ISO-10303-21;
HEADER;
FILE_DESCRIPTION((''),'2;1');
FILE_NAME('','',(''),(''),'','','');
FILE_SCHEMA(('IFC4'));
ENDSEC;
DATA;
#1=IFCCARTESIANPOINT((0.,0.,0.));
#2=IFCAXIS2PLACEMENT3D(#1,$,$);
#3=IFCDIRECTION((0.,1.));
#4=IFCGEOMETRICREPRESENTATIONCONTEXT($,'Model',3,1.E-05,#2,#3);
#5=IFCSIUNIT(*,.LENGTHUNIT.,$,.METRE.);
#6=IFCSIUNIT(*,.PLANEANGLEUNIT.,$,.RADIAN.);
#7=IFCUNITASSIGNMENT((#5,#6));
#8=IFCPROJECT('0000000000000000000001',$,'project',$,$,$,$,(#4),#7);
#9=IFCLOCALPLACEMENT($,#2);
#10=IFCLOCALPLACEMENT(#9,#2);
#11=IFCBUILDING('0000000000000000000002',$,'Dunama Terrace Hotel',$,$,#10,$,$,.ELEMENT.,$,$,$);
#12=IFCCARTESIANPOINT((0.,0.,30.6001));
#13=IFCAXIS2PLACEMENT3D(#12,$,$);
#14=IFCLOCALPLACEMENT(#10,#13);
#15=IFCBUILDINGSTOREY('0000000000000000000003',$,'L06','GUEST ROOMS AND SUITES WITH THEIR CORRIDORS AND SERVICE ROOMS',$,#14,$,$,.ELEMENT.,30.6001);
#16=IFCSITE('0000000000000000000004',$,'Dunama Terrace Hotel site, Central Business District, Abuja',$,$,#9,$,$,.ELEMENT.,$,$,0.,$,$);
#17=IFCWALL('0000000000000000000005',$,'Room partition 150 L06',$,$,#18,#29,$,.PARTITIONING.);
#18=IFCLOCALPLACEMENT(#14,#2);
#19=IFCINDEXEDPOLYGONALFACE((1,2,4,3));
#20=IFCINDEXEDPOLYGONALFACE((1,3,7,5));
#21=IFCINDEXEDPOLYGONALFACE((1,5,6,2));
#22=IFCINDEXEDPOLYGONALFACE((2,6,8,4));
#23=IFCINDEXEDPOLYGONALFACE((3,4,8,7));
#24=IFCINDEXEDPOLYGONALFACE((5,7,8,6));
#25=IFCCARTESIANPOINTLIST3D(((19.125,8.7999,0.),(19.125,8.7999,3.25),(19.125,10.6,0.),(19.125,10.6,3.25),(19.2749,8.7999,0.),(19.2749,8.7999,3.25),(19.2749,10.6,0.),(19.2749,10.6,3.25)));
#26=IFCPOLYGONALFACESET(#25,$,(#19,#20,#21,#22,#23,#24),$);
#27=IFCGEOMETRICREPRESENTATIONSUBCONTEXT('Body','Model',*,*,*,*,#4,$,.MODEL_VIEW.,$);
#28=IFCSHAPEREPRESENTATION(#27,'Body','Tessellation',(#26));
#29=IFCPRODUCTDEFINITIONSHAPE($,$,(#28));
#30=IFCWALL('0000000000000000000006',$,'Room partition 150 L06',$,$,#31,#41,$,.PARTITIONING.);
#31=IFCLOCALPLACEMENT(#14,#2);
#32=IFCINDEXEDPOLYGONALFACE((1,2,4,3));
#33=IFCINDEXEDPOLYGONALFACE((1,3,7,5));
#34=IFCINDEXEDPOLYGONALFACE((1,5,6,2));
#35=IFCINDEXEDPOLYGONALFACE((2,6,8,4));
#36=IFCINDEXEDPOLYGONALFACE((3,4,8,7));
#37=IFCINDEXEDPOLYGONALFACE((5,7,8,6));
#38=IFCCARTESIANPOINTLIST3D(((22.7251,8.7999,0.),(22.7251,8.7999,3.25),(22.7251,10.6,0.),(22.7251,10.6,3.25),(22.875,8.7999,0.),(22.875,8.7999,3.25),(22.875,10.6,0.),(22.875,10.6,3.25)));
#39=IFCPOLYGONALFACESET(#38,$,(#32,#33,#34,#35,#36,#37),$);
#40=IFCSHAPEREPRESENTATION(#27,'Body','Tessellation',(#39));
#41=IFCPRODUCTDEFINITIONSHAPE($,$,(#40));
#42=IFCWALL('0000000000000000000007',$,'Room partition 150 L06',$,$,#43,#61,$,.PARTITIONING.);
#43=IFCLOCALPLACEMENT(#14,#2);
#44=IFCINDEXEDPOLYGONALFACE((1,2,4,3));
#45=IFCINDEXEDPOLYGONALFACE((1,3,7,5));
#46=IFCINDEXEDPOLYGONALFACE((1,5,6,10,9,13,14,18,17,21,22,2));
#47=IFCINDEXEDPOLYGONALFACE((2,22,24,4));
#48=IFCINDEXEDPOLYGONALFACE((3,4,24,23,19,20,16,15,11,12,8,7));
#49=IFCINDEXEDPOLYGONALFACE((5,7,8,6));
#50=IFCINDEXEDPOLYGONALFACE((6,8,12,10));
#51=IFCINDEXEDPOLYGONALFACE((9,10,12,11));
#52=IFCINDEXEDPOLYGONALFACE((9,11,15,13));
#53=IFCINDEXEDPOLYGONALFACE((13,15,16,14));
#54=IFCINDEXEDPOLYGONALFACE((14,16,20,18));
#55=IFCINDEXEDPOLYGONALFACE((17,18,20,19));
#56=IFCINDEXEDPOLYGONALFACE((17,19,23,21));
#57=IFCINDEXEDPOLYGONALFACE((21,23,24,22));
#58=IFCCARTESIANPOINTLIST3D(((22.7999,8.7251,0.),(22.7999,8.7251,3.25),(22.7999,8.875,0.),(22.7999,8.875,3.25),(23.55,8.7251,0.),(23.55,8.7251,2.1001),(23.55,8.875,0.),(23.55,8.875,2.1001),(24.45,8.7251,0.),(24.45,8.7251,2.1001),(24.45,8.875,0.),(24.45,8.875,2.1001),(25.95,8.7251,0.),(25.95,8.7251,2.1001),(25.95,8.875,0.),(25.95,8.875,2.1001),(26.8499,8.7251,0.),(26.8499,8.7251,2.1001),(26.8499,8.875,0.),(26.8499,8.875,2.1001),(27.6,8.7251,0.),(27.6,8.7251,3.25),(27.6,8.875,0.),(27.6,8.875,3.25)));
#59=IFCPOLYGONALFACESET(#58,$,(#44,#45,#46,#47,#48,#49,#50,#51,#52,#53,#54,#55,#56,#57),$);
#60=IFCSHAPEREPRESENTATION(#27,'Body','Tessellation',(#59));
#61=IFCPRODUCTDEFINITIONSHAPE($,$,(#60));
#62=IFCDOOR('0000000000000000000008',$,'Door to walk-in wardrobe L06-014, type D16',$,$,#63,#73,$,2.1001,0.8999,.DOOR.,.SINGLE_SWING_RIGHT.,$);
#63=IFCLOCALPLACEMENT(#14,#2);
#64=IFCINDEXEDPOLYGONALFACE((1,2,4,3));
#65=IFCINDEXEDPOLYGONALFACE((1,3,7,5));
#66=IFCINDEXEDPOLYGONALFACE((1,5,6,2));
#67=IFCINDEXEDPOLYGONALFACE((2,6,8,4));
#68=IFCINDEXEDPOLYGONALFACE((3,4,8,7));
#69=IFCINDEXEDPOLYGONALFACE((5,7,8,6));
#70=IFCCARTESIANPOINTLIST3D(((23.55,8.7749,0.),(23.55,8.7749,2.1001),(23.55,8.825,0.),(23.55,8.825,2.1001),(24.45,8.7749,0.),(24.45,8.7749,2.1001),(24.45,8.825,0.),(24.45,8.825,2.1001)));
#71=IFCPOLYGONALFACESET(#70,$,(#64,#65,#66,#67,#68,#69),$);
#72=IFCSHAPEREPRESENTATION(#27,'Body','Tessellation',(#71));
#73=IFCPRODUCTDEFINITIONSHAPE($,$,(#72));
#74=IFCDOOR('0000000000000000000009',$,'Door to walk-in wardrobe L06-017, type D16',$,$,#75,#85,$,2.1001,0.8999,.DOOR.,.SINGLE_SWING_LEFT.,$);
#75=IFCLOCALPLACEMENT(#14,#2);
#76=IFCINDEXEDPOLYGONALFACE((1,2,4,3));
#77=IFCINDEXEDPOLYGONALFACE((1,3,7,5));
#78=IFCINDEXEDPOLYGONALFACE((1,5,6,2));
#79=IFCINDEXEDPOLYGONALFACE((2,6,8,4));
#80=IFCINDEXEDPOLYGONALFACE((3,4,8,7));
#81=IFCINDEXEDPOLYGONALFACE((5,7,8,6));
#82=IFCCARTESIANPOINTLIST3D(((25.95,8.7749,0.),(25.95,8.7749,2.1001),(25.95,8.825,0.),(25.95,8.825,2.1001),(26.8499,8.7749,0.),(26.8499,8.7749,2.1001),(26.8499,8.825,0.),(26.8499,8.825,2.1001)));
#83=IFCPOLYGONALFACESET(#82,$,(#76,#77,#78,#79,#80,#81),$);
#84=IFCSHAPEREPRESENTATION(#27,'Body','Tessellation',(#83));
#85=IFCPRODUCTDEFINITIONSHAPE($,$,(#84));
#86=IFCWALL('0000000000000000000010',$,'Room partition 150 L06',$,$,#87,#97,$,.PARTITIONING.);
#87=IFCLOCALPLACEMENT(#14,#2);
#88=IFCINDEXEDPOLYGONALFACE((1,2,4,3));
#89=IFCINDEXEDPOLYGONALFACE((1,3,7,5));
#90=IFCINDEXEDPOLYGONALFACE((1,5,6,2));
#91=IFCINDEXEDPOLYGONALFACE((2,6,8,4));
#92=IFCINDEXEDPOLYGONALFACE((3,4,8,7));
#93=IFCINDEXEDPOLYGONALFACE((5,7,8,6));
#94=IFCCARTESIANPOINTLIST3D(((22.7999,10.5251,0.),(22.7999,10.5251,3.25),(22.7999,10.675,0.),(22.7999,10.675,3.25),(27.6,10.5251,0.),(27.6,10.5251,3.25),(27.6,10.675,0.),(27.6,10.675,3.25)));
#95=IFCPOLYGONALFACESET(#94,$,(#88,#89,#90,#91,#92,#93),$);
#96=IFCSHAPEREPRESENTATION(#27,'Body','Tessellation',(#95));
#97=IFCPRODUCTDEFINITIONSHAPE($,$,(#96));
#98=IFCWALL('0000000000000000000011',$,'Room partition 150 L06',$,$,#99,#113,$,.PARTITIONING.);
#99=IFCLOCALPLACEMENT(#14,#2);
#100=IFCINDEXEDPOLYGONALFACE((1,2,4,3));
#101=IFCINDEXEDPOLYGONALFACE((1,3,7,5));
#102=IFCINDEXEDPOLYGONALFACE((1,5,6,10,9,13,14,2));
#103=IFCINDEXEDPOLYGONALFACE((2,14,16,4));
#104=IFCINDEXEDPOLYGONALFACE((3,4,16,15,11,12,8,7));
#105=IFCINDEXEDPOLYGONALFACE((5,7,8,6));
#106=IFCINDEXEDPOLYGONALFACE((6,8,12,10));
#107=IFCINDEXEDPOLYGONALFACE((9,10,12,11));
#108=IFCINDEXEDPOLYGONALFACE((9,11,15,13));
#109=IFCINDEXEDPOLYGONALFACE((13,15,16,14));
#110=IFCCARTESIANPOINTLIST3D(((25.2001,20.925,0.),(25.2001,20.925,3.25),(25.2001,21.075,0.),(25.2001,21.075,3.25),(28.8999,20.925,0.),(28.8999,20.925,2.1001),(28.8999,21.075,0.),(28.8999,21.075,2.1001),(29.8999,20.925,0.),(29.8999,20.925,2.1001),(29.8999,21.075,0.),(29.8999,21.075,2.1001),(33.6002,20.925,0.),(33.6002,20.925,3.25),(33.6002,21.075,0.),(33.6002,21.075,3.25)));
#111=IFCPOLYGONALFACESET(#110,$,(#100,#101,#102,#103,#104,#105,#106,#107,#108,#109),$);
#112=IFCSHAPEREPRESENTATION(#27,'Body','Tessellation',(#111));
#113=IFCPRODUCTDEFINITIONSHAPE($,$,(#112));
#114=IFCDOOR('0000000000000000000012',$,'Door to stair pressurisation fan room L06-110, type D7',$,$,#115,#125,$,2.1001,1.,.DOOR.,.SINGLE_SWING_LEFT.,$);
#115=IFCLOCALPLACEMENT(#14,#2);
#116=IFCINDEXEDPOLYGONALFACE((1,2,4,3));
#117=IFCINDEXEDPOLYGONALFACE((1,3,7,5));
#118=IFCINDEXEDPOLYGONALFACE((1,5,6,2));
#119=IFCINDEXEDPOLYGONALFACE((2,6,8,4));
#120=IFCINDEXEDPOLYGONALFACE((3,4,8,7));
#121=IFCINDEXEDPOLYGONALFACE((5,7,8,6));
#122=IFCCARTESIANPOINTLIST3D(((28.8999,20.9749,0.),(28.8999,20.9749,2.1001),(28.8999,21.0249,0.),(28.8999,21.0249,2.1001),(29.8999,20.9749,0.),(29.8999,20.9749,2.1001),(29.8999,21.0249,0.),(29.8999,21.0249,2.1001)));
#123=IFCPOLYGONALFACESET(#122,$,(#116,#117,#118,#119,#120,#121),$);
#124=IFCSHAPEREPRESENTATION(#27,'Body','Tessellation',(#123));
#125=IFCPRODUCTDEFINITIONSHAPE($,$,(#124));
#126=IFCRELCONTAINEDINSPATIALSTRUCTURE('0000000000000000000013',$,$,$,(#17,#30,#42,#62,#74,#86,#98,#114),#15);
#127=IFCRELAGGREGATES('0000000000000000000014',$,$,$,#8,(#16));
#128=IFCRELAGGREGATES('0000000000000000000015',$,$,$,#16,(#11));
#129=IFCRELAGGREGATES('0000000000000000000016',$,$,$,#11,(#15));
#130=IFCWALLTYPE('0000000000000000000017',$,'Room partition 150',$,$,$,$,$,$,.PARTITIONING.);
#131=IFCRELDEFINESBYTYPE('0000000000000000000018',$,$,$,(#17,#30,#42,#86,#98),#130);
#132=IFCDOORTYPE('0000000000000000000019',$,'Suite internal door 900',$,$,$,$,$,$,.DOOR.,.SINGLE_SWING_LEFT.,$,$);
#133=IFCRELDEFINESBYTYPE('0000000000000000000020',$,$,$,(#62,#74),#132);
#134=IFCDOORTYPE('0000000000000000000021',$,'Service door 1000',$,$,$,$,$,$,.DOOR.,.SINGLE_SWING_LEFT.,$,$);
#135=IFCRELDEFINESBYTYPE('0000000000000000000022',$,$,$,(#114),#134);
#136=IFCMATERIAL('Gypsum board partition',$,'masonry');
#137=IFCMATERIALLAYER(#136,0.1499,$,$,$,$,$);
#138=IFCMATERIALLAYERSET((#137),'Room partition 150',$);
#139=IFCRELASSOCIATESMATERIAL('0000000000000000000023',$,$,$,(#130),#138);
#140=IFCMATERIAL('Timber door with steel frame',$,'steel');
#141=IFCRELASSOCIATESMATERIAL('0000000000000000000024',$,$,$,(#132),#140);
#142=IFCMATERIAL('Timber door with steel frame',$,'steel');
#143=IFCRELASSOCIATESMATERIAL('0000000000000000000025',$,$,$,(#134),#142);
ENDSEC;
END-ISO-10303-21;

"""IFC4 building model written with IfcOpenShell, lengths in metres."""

from ifc_helpers import new_model, si_unit, direction, frame, frame_2d, origin, place, context, subcontext, project, spatial, rectangle, extrude, material, layer, layer_set, type_object, element, fill, save


model = new_model("IFC4")

# Units and contexts
model_context = context("Model", 3, precision=1e-05, world=origin(), true_north=direction((0.0, 1.0)))
body_context = subcontext(model_context, "Body", "Model", "MODEL_VIEW")
ifc_project = project(units=[si_unit("LENGTHUNIT", "METRE"), si_unit("PLANEANGLEUNIT", "RADIAN")], contexts=[model_context])

# Site, building, storey
site_placement = place(None, origin())
site = spatial("IfcSite", under=ifc_project, at=site_placement, Name="Dunama Terrace Hotel site, Central Business District, Abuja", CompositionType="ELEMENT", RefElevation=0.0)
building_placement = place(site_placement, origin())
building = spatial("IfcBuilding", under=site, at=building_placement, Name="Dunama Terrace Hotel", CompositionType="ELEMENT")
storey_placement = place(building_placement, frame((0.0, 0.0, 30.6001)))
storey = spatial("IfcBuildingStorey", under=building, at=storey_placement, Name="L06", Description="GUEST ROOMS AND SUITES WITH THEIR CORRIDORS AND SERVICE ROOMS", CompositionType="ELEMENT", Elevation=30.6001)

# Walls
ifc_material_1 = material(Name="Gypsum board partition", Category="masonry")
ifc_layer_1 = layer(ifc_material_1, 0.1499)
ifc_layer_set_1 = layer_set([ifc_layer_1], Name="Room partition 150")
wall_type_1 = type_object("IfcWallType", Name="Room partition 150", PredefinedType="PARTITIONING", material=ifc_layer_set_1)
for number, where, z_axis, x_axis, name in (
    (1, (19.2, 8.8, 0.0), (0.0, 0.0, 1.0), (0.0, 1.0, 0.0), "Room partition 150 L06"),
    (2, (22.8, 8.8, 0.0), (0.0, 0.0, 1.0), (0.0, 1.0, 0.0), "Room partition 150 L06"),
):
    element("IfcWall", number, at=place(storey_placement, frame(where, z_axis=z_axis, x_axis=x_axis)), inside=storey, type_object=wall_type_1, Name=name, PredefinedType="PARTITIONING", context=body_context, shape_type="SweptSolid", body=[
        extrude(rectangle(XDim=1.8, YDim=0.1499, at=frame_2d((0.8999, 0.0))), origin(), (0.0, 0.0, 1.0), 3.25),
    ])

# Wall, openings, doors
wall_1_placement = place(storey_placement, frame((22.8, 8.8, 0.0), z_axis=(0.0, 0.0, 1.0), x_axis=(1.0, 0.0, 0.0)))
wall_1 = element("IfcWall", 3, at=wall_1_placement, inside=storey, type_object=wall_type_1, Name="Room partition 150 L06", PredefinedType="PARTITIONING", context=body_context, shape_type="SweptSolid", body=[
    extrude(rectangle(XDim=4.8, YDim=0.1499, at=frame_2d((2.3999, 0.0))), origin(), (0.0, 0.0, 1.0), 3.25),
])
opening_1_placement = place(wall_1_placement, frame((0.75, 0.0, 0.0)))
opening_1 = element("IfcOpeningElement", 4, at=opening_1_placement, cuts=wall_1, PredefinedType="OPENING", context=body_context, shape_type="SweptSolid", body=[
    extrude(rectangle(XDim=0.8999, YDim=2.1001, at=frame_2d((0.45, 1.05))), frame((0.0, 0.085, 0.0), z_axis=(0.0, -1.0, 0.0), x_axis=(1.0, 0.0, 0.0)), (0.0, 0.0, 1.0), 0.1699),
])
opening_2_placement = place(wall_1_placement, frame((3.1499, 0.0, 0.0)))
opening_2 = element("IfcOpeningElement", 5, at=opening_2_placement, cuts=wall_1, PredefinedType="OPENING", context=body_context, shape_type="SweptSolid", body=[
    extrude(rectangle(XDim=0.8999, YDim=2.1001, at=frame_2d((0.45, 1.05))), frame((0.0, 0.085, 0.0), z_axis=(0.0, -1.0, 0.0), x_axis=(1.0, 0.0, 0.0)), (0.0, 0.0, 1.0), 0.1699),
])
ifc_material_2 = material(Name="Timber door with steel frame", Category="steel")
door_type_1 = type_object("IfcDoorType", Name="Suite internal door 900", OperationType="SINGLE_SWING_LEFT", PredefinedType="DOOR", material=ifc_material_2)
door_1_placement = place(opening_1_placement, origin())
door_1 = element("IfcDoor", 6, at=door_1_placement, inside=storey, type_object=door_type_1, Name="Door to walk-in wardrobe L06-014, type D16", OperationType="SINGLE_SWING_RIGHT", OverallHeight=2.1001, OverallWidth=0.8999, PredefinedType="DOOR", context=body_context, shape_type="SweptSolid", body=[
    extrude(rectangle(XDim=0.8999, YDim=2.1001, at=frame_2d((0.45, 1.05))), frame((0.0, 0.0249, 0.0), z_axis=(0.0, -1.0, 0.0), x_axis=(1.0, 0.0, 0.0)), (0.0, 0.0, 1.0), 0.05),
])
fill(opening_1, door_1)
door_2_placement = place(opening_2_placement, origin())
door_2 = element("IfcDoor", 7, at=door_2_placement, inside=storey, type_object=door_type_1, Name="Door to walk-in wardrobe L06-017, type D16", OperationType="SINGLE_SWING_LEFT", OverallHeight=2.1001, OverallWidth=0.8999, PredefinedType="DOOR", context=body_context, shape_type="SweptSolid", body=[
    extrude(rectangle(XDim=0.8999, YDim=2.1001, at=frame_2d((0.45, 1.05))), frame((0.0, 0.0249, 0.0), z_axis=(0.0, -1.0, 0.0), x_axis=(1.0, 0.0, 0.0)), (0.0, 0.0, 1.0), 0.05),
])
fill(opening_2, door_2)

# Wall
wall_2_placement = place(storey_placement, frame((22.8, 10.6001, 0.0), z_axis=(0.0, 0.0, 1.0), x_axis=(1.0, 0.0, 0.0)))
element("IfcWall", 8, at=wall_2_placement, inside=storey, type_object=wall_type_1, Name="Room partition 150 L06", PredefinedType="PARTITIONING", context=body_context, shape_type="SweptSolid", body=[
    extrude(rectangle(XDim=4.8, YDim=0.1499, at=frame_2d((2.3999, 0.0))), origin(), (0.0, 0.0, 1.0), 3.25),
])

# Wall, opening, door
wall_3_placement = place(storey_placement, frame((25.2, 21.0, 0.0), z_axis=(0.0, 0.0, 1.0), x_axis=(1.0, 0.0, 0.0)))
wall_3 = element("IfcWall", 9, at=wall_3_placement, inside=storey, type_object=wall_type_1, Name="Room partition 150 L06", PredefinedType="PARTITIONING", context=body_context, shape_type="SweptSolid", body=[
    extrude(rectangle(XDim=8.4001, YDim=0.1499, at=frame_2d((4.2002, 0.0))), origin(), (0.0, 0.0, 1.0), 3.25),
])
opening_3_placement = place(wall_3_placement, frame((3.7, 0.0, 0.0)))
opening_3 = element("IfcOpeningElement", 10, at=opening_3_placement, cuts=wall_3, PredefinedType="OPENING", context=body_context, shape_type="SweptSolid", body=[
    extrude(rectangle(XDim=1.0, YDim=2.1001, at=frame_2d((0.5, 1.05))), frame((0.0, 0.085, 0.0), z_axis=(0.0, -1.0, 0.0), x_axis=(1.0, 0.0, 0.0)), (0.0, 0.0, 1.0), 0.1699),
])
ifc_material_3 = material(Name="Timber door with steel frame", Category="steel")
door_type_2 = type_object("IfcDoorType", Name="Service door 1000", OperationType="SINGLE_SWING_LEFT", PredefinedType="DOOR", material=ifc_material_3)
door_3_placement = place(opening_3_placement, origin())
door_3 = element("IfcDoor", 11, at=door_3_placement, inside=storey, type_object=door_type_2, Name="Door to stair pressurisation fan room L06-110, type D7", OperationType="SINGLE_SWING_LEFT", OverallHeight=2.1001, OverallWidth=1.0, PredefinedType="DOOR", context=body_context, shape_type="SweptSolid", body=[
    extrude(rectangle(XDim=1.0, YDim=2.1001, at=frame_2d((0.5, 1.05))), frame((0.0, 0.0249, 0.0), z_axis=(0.0, -1.0, 0.0), x_axis=(1.0, 0.0, 0.0)), (0.0, 0.0, 1.0), 0.05),
])
fill(opening_3, door_3)

save(model, "model.ifc")
